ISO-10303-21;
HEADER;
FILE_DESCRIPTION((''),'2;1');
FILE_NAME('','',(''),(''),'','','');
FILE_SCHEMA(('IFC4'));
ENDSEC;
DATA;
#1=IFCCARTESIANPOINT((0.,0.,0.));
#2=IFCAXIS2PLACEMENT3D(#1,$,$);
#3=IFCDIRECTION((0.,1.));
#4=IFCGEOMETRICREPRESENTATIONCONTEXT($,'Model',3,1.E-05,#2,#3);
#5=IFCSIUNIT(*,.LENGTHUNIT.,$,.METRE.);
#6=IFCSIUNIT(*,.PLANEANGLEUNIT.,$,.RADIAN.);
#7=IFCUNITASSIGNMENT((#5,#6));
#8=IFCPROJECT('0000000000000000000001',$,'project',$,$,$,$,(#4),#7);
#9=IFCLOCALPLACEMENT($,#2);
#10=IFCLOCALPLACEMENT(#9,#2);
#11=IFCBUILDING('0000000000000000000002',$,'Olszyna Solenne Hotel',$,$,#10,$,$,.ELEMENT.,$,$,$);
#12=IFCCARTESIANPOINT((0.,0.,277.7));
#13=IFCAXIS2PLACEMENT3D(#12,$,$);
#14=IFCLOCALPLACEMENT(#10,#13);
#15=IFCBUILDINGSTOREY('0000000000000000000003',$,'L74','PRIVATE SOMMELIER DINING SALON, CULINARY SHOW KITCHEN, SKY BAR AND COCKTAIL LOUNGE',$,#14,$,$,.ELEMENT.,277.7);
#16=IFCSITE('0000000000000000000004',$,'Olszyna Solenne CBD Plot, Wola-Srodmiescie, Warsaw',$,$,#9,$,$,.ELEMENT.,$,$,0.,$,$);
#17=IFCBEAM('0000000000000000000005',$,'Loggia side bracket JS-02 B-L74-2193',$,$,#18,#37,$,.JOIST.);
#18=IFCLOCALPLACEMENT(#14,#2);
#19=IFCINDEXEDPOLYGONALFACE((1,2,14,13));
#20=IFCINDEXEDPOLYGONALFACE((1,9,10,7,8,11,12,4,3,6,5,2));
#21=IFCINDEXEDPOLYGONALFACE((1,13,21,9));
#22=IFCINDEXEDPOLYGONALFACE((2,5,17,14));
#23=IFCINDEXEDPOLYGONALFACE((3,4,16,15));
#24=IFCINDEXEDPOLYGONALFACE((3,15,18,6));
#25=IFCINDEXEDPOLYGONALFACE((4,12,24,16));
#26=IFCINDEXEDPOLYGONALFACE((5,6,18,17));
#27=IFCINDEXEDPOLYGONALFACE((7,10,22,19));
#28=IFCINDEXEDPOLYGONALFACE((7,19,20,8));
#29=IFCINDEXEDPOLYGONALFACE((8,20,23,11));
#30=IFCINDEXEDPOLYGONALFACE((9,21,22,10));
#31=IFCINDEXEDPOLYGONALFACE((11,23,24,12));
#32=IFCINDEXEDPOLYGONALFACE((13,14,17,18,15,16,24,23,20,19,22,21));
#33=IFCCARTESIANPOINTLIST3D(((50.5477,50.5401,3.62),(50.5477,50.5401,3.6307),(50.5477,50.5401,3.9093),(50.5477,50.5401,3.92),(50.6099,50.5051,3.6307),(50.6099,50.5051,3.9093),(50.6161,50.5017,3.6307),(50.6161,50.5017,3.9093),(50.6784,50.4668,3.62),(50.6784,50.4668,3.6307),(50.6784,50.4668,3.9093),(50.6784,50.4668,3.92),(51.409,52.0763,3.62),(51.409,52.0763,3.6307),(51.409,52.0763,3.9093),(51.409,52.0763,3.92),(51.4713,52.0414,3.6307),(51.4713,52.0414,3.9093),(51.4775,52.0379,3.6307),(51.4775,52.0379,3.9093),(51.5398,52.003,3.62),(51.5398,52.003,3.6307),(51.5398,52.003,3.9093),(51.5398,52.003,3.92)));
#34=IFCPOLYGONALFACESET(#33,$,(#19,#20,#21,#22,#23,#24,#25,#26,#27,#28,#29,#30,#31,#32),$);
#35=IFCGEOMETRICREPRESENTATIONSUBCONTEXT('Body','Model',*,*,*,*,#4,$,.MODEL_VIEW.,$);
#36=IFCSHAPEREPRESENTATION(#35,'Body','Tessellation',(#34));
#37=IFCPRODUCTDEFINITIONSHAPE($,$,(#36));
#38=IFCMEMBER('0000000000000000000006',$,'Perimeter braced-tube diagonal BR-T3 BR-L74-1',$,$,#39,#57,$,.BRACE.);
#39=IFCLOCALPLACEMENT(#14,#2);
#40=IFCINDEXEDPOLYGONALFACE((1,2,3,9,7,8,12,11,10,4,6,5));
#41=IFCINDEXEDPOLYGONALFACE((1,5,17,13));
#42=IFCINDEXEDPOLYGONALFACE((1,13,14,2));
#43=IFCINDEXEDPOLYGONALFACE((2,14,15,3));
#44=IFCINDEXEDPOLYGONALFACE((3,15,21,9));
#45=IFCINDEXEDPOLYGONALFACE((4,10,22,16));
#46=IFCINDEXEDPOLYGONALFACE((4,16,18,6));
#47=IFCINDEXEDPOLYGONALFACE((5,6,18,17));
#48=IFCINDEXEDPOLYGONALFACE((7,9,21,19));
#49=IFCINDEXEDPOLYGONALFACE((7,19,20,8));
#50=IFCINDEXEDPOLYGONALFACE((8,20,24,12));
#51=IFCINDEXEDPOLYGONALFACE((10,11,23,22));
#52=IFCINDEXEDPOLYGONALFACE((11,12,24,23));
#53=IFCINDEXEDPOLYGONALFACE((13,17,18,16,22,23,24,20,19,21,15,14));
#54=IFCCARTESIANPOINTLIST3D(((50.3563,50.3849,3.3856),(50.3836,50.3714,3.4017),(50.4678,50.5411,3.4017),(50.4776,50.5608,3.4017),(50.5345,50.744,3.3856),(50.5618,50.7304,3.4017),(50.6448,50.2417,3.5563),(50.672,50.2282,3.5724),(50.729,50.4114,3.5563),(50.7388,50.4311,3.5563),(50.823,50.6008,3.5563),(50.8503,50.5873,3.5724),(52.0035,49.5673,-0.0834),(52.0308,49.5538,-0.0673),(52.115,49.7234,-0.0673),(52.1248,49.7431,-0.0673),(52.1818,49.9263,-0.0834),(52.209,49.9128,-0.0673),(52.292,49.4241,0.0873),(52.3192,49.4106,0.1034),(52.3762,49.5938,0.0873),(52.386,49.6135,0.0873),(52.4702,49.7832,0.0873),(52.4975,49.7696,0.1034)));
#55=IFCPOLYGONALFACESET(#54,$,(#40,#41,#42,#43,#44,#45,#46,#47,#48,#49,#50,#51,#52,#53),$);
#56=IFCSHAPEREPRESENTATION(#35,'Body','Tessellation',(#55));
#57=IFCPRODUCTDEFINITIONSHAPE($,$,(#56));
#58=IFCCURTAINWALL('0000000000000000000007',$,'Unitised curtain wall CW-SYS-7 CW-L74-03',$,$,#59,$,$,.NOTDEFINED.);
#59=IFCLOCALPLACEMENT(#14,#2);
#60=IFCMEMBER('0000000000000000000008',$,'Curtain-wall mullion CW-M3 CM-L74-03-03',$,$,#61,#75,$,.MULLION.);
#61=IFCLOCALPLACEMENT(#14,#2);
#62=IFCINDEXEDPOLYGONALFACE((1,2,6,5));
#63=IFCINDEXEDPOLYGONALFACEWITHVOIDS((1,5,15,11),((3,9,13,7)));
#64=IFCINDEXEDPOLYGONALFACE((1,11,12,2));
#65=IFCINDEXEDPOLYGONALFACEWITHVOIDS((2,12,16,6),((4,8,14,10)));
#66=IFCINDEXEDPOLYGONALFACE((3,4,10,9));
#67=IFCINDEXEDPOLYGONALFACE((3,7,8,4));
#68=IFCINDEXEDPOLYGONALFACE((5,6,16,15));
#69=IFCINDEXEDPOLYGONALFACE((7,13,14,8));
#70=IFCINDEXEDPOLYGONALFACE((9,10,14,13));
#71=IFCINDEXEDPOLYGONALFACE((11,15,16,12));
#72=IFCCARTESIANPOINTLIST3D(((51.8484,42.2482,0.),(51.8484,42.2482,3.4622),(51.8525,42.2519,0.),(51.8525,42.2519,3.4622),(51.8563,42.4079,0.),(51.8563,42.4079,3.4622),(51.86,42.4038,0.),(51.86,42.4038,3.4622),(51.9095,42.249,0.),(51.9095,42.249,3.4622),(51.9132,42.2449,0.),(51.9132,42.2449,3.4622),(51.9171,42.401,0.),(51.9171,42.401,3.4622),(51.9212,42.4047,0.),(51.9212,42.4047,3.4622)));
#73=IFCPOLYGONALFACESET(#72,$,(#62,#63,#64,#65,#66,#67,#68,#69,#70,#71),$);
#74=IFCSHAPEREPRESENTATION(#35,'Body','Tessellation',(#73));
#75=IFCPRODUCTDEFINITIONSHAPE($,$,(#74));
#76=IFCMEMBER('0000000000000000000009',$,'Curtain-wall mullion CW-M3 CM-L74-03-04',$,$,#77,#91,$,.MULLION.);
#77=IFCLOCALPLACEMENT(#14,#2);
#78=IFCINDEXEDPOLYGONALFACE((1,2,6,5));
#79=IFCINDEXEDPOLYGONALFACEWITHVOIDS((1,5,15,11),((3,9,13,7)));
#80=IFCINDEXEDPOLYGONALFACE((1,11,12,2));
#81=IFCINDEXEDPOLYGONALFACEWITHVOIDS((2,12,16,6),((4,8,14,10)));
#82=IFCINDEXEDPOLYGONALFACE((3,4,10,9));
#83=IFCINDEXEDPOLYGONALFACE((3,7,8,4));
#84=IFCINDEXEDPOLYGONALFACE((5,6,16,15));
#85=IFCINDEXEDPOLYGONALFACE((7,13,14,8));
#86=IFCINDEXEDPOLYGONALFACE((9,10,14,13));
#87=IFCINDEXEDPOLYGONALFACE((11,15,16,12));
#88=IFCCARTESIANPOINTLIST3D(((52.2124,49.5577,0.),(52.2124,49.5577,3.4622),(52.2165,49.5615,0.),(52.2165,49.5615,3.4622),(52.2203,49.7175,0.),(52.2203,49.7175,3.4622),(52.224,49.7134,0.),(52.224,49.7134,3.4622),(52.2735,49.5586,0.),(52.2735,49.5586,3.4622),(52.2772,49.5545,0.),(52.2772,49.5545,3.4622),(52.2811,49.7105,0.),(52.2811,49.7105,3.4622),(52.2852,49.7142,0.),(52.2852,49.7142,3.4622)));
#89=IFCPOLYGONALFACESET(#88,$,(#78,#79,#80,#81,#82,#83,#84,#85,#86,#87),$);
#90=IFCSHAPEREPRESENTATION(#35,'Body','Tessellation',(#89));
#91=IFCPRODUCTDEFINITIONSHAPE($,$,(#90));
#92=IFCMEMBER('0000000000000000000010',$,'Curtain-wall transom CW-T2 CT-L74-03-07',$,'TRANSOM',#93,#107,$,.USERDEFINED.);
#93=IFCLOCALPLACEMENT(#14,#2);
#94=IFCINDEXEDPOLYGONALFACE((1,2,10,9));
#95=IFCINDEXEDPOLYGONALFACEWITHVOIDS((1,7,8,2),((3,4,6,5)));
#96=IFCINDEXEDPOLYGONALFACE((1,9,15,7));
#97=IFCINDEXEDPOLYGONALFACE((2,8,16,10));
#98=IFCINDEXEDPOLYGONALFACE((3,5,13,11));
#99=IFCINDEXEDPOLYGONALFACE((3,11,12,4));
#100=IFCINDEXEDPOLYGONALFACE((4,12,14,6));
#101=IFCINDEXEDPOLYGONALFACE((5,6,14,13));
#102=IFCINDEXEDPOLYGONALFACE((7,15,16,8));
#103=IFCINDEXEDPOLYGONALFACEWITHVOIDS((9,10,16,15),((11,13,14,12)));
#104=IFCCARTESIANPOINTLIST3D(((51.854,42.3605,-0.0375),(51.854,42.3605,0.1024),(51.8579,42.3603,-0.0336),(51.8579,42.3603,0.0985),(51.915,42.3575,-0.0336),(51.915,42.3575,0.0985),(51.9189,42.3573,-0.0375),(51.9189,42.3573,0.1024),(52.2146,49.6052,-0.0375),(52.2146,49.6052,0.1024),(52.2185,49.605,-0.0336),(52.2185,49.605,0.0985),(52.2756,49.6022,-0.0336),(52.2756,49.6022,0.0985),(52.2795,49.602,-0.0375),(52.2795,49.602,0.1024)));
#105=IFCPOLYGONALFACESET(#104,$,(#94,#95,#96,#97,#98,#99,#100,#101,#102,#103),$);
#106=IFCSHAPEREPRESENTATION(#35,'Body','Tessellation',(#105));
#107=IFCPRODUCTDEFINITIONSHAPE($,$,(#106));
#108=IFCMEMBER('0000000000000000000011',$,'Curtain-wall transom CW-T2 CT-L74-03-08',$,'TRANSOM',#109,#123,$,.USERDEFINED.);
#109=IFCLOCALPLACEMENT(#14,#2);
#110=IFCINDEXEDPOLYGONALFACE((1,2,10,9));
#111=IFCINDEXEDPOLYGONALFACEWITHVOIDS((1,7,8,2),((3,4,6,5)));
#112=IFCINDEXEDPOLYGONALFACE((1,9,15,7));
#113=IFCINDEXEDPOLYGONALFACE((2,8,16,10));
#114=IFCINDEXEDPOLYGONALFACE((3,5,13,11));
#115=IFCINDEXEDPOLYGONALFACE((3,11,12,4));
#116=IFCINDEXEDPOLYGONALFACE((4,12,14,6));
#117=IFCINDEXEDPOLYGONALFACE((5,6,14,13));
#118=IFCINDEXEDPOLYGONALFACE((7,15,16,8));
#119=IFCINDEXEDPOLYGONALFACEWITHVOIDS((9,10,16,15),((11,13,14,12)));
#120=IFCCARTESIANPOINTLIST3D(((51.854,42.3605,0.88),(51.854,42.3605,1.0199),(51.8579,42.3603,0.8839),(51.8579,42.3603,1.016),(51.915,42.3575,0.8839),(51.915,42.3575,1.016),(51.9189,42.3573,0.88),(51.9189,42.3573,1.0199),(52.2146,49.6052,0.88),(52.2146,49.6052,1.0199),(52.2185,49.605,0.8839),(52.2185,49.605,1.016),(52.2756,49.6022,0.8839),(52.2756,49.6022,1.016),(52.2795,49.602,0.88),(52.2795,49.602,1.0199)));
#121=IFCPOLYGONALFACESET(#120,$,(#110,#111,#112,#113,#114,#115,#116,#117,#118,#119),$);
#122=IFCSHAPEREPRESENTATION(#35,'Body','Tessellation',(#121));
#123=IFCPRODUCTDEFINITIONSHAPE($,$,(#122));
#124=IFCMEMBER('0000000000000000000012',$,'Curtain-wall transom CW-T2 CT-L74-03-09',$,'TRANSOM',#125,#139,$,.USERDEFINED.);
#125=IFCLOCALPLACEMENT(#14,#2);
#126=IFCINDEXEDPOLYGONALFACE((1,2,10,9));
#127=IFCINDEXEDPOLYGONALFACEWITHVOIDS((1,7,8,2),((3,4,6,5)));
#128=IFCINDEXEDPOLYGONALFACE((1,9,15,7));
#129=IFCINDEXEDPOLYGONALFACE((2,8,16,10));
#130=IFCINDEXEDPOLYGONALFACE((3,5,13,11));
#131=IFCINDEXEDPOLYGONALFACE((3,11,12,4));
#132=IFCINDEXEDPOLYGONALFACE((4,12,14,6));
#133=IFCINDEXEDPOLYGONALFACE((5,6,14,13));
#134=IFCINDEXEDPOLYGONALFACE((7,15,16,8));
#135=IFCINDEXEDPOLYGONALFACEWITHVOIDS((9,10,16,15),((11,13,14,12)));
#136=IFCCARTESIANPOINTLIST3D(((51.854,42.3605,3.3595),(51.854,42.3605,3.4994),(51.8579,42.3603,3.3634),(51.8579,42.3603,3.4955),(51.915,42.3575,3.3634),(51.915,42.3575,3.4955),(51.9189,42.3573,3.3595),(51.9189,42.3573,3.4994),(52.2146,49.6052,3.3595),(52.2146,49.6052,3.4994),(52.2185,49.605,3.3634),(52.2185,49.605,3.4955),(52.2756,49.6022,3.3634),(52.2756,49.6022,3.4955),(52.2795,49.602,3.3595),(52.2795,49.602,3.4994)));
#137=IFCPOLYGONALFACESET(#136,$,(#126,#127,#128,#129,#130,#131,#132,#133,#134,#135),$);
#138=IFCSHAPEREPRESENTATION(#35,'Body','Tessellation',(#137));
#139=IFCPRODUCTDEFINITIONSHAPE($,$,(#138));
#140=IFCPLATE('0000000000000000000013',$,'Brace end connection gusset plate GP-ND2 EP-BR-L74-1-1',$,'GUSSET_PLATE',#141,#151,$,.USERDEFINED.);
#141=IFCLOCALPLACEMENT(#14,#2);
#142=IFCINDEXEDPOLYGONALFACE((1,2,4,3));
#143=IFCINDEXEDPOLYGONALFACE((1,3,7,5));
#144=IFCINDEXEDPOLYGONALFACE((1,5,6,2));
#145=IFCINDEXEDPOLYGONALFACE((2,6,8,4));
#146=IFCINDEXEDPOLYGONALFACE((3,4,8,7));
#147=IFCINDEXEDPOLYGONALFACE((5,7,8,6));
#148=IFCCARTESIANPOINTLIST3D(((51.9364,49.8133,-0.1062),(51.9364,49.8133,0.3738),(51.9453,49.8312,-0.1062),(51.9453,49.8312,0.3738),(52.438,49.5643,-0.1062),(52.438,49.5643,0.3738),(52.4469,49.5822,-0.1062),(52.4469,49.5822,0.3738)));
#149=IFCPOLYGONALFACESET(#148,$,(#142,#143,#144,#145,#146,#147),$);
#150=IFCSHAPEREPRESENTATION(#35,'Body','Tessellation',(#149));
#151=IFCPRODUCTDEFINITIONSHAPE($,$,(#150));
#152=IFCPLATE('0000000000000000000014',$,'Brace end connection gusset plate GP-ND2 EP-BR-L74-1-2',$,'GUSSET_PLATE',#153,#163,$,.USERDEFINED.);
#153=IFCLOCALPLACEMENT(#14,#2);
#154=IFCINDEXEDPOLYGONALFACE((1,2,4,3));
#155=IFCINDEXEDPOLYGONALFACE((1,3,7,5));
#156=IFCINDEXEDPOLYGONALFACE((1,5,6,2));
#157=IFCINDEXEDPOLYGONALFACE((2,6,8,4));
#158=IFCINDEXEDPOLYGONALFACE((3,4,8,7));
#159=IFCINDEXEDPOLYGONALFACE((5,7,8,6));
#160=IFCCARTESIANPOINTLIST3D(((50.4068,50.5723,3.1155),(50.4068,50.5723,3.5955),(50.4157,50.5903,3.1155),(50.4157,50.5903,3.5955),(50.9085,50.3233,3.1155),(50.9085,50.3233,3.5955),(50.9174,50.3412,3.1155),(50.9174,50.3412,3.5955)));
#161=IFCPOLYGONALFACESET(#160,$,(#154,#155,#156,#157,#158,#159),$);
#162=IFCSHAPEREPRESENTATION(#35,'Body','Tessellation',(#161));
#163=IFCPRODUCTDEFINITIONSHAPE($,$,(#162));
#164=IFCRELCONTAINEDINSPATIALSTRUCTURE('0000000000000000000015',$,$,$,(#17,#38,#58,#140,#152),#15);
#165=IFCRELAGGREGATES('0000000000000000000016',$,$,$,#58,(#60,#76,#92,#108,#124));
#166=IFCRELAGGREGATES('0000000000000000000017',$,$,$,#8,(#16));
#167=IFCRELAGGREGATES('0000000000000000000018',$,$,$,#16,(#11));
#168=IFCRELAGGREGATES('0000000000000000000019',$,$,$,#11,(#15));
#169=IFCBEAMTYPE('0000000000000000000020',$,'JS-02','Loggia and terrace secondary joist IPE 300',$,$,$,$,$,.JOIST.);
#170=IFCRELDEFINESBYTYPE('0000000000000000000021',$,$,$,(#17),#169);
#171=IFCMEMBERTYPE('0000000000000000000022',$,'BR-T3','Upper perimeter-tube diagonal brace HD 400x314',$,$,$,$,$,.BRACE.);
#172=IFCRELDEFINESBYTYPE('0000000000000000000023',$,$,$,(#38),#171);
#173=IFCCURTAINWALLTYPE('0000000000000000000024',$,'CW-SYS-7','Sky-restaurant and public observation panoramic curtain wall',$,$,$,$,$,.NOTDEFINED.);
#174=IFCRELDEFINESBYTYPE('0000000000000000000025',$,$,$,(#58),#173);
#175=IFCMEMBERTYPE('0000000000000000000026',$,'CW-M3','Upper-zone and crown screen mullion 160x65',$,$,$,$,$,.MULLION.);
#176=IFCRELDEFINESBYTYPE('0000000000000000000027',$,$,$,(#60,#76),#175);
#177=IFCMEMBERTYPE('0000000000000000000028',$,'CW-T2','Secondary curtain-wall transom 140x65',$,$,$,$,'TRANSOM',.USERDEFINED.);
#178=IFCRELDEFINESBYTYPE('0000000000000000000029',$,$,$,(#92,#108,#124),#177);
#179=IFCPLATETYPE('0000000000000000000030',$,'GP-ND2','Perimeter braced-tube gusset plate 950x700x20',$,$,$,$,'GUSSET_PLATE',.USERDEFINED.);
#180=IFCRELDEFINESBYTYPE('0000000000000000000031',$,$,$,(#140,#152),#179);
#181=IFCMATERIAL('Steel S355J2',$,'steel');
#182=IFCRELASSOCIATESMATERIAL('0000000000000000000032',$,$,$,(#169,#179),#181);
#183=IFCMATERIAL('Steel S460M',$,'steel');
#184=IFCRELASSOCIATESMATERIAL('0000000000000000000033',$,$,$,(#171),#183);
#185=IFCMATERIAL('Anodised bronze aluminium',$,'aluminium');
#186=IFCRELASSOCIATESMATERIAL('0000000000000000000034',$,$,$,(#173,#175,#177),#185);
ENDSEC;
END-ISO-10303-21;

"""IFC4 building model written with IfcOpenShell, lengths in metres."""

from ifc_helpers import new_model, si_unit, direction, frame, origin, origin_2d, place, context, subcontext, project, spatial, rectangle, hollow_rectangle, i_section, extrude, source, transform, mapped, material, material_profile, profile_set, type_object, element, aggregate, save


model = new_model("IFC4")

# Units and contexts
model_context = context("Model", 3, precision=1e-05, world=origin(), true_north=direction((0.0, 1.0)))
body_context = subcontext(model_context, "Body", "Model", "MODEL_VIEW")
ifc_project = project(units=[si_unit("LENGTHUNIT", "METRE"), si_unit("PLANEANGLEUNIT", "RADIAN")], contexts=[model_context])

# Site, building, storey
site_placement = place(None, origin())
site = spatial("IfcSite", under=ifc_project, at=site_placement, Name="Olszyna Solenne CBD Plot, Wola-Srodmiescie, Warsaw", CompositionType="ELEMENT", RefElevation=0.0)
building_placement = place(site_placement, origin())
building = spatial("IfcBuilding", under=site, at=building_placement, Name="Olszyna Solenne Hotel", CompositionType="ELEMENT")
storey_placement = place(building_placement, frame((0.0, 0.0, 277.7)))
storey = spatial("IfcBuildingStorey", under=building, at=storey_placement, Name="L74", Description="PRIVATE SOMMELIER DINING SALON, CULINARY SHOW KITCHEN, SKY BAR AND COCKTAIL LOUNGE", CompositionType="ELEMENT", Elevation=277.7)

# Shared definitions
ifc_material_1 = material(Name="Steel S460M", Category="steel")
ifc_material_2 = material(Name="Steel S355J2", Category="steel")

# Beam
ifc_material_profile_1 = material_profile(ifc_material_2, i_section(OverallWidth=0.1499, OverallDepth=0.3, WebThickness=0.0071, FlangeThickness=0.0107, at=origin_2d()), Name="IPE 300", Category="load-bearing")
ifc_profile_set_1 = profile_set([ifc_material_profile_1], Name="Steel S355J2")
beam_type_1 = type_object("IfcBeamType", Name="JS-02", Description="Loggia and terrace secondary joist IPE 300", PredefinedType="JOIST", material=ifc_profile_set_1)
shared_shape_1 = source(origin(), body_context, "Body", "SweptSolid", [
    extrude(i_section(OverallWidth=0.1499, OverallDepth=0.3, WebThickness=0.0071, FlangeThickness=0.0107, at=origin_2d()), origin(), (0.0, 0.0, 1.0), 1.7612),
])
beam_1_placement = place(storey_placement, frame((50.613, 50.5034, 3.77), z_axis=(0.489076, 0.872241, 0.0), x_axis=(-0.872241, 0.489076, 0.0)))
element("IfcBeam", 1, at=beam_1_placement, inside=storey, type_object=beam_type_1, Name="Loggia side bracket JS-02 B-L74-2193", PredefinedType="JOIST", context=body_context, shape_type="MappedRepresentation", body=[
    mapped(shared_shape_1, transform((0.0, 0.0, 0.0), x_axis=(1.0, 0.0, 0.0), y_axis=(0.0, 1.0, 0.0), z_axis=(0.0, 0.0, 1.0), scale=1.0)),
])

# Member
ifc_material_profile_2 = material_profile(ifc_material_1, i_section(OverallWidth=0.4009, OverallDepth=0.3989, WebThickness=0.022, FlangeThickness=0.0344, at=origin_2d()), Name="HD 400x314", Category="load-bearing")
ifc_profile_set_2 = profile_set([ifc_material_profile_2], Name="Steel S460M")
member_type_1 = type_object("IfcMemberType", Name="BR-T3", Description="Upper perimeter-tube diagonal brace HD 400x314", PredefinedType="BRACE", material=ifc_profile_set_2)
shared_shape_2 = source(origin(), body_context, "Body", "SweptSolid", [
    extrude(i_section(OverallWidth=0.4009, OverallDepth=0.3989, WebThickness=0.022, FlangeThickness=0.0344, at=origin_2d()), origin(), (0.0, 0.0, 1.0), 3.9263),
])
member_1_placement = place(storey_placement, frame((52.2505, 49.6685, 0.01), z_axis=(-0.419535, 0.208244, 0.88353), x_axis=(-0.44461, -0.895724, 0.0)))
element("IfcMember", 2, at=member_1_placement, inside=storey, type_object=member_type_1, Name="Perimeter braced-tube diagonal BR-T3 BR-L74-1", PredefinedType="BRACE", context=body_context, shape_type="MappedRepresentation", body=[
    mapped(shared_shape_2, transform((0.0, 0.0, 0.0), x_axis=(1.0, 0.0, 0.0), y_axis=(0.0, 1.0, 0.0), z_axis=(0.0, 0.0, 1.0), scale=1.0)),
])

# Curtain wall, members
ifc_material_3 = material(Name="Anodised bronze aluminium", Category="aluminium")
curtain_wall_type = type_object("IfcCurtainWallType", Name="CW-SYS-7", Description="Sky-restaurant and public observation panoramic curtain wall", PredefinedType="NOTDEFINED", material=ifc_material_3)
curtain_wall_placement = place(storey_placement, origin())
curtain_wall = element("IfcCurtainWall", 3, at=curtain_wall_placement, inside=storey, type_object=curtain_wall_type, Name="Unitised curtain wall CW-SYS-7 CW-L74-03", PredefinedType="NOTDEFINED")
ifc_material_profile_3 = material_profile(ifc_material_3, hollow_rectangle(XDim=0.0649, YDim=0.1599, WallThickness=0.0039, at=origin_2d()), Name="MULL 160x65x4", Category="load-bearing")
ifc_profile_set_3 = profile_set([ifc_material_profile_3], Name="Anodised bronze aluminium")
member_type_2 = type_object("IfcMemberType", Name="CW-M3", Description="Upper-zone and crown screen mullion 160x65", PredefinedType="MULLION", material=ifc_profile_set_3)
shared_shape_3 = source(origin(), body_context, "Body", "SweptSolid", [
    extrude(hollow_rectangle(XDim=0.0649, YDim=0.1599, WallThickness=0.0039, at=origin_2d()), origin(), (0.0, 0.0, 1.0), 3.4622),
])
member_2_placement = place(storey_placement, frame((51.8848, 42.3264, 0.0), z_axis=(0.0, 0.0, 1.0), x_axis=(-0.998763, 0.049729, 0.0)))
member_2 = element("IfcMember", 4, at=member_2_placement, type_object=member_type_2, Name="Curtain-wall mullion CW-M3 CM-L74-03-03", PredefinedType="MULLION", context=body_context, shape_type="MappedRepresentation", body=[
    mapped(shared_shape_3, transform((0.0, 0.0, 0.0), x_axis=(1.0, 0.0, 0.0), y_axis=(0.0, 1.0, 0.0), z_axis=(0.0, 0.0, 1.0), scale=1.0)),
])
member_3_placement = place(storey_placement, frame((52.2488, 49.636, 0.0), z_axis=(0.0, 0.0, 1.0), x_axis=(-0.998763, 0.049729, 0.0)))
member_3 = element("IfcMember", 5, at=member_3_placement, type_object=member_type_2, Name="Curtain-wall mullion CW-M3 CM-L74-03-04", PredefinedType="MULLION", context=body_context, shape_type="MappedRepresentation", body=[
    mapped(shared_shape_3, transform((0.0, 0.0, 0.0), x_axis=(1.0, 0.0, 0.0), y_axis=(0.0, 1.0, 0.0), z_axis=(0.0, 0.0, 1.0), scale=1.0)),
])
ifc_material_profile_4 = material_profile(ifc_material_3, hollow_rectangle(XDim=0.0649, YDim=0.1399, WallThickness=0.0039, at=origin_2d()), Name="TRAN 140x65x4", Category="load-bearing")
ifc_profile_set_4 = profile_set([ifc_material_profile_4], Name="Anodised bronze aluminium")
member_type_3 = type_object("IfcMemberType", Name="CW-T2", Description="Secondary curtain-wall transom 140x65", ElementType="TRANSOM", PredefinedType="USERDEFINED", material=ifc_profile_set_4)
shared_shape_4 = source(origin(), body_context, "Body", "SweptSolid", [
    extrude(hollow_rectangle(XDim=0.0649, YDim=0.1399, WallThickness=0.0039, at=origin_2d()), origin(), (0.0, 0.0, 1.0), 7.2537),
])
member_4_placement = place(storey_placement, frame((51.8865, 42.3589, 0.0325), z_axis=(0.049713, 0.998764, 0.0), x_axis=(-0.998764, 0.049713, 0.0)))
member_4 = element("IfcMember", 6, at=member_4_placement, type_object=member_type_3, Name="Curtain-wall transom CW-T2 CT-L74-03-07", ObjectType="TRANSOM", PredefinedType="USERDEFINED", context=body_context, shape_type="MappedRepresentation", body=[
    mapped(shared_shape_4, transform((0.0, 0.0, 0.0), x_axis=(1.0, 0.0, 0.0), y_axis=(0.0, 1.0, 0.0), z_axis=(0.0, 0.0, 1.0), scale=1.0)),
])
member_5_placement = place(storey_placement, frame((51.8865, 42.3589, 0.95), z_axis=(0.049713, 0.998764, 0.0), x_axis=(-0.998764, 0.049713, 0.0)))
member_5 = element("IfcMember", 7, at=member_5_placement, type_object=member_type_3, Name="Curtain-wall transom CW-T2 CT-L74-03-08", ObjectType="TRANSOM", PredefinedType="USERDEFINED", context=body_context, shape_type="MappedRepresentation", body=[
    mapped(shared_shape_4, transform((0.0, 0.0, 0.0), x_axis=(1.0, 0.0, 0.0), y_axis=(0.0, 1.0, 0.0), z_axis=(0.0, 0.0, 1.0), scale=1.0)),
])
member_6_placement = place(storey_placement, frame((51.8865, 42.3589, 3.4294), z_axis=(0.049713, 0.998764, 0.0), x_axis=(-0.998764, 0.049713, 0.0)))
member_6 = element("IfcMember", 8, at=member_6_placement, type_object=member_type_3, Name="Curtain-wall transom CW-T2 CT-L74-03-09", ObjectType="TRANSOM", PredefinedType="USERDEFINED", context=body_context, shape_type="MappedRepresentation", body=[
    mapped(shared_shape_4, transform((0.0, 0.0, 0.0), x_axis=(1.0, 0.0, 0.0), y_axis=(0.0, 1.0, 0.0), z_axis=(0.0, 0.0, 1.0), scale=1.0)),
])

# Plates
plate_type_1 = type_object("IfcPlateType", Name="GP-ND2", Description="Perimeter braced-tube gusset plate 950x700x20", ElementType="GUSSET_PLATE", PredefinedType="USERDEFINED", material=ifc_material_2)
shared_shape_5 = source(origin(), body_context, "Body", "SweptSolid", [
    extrude(rectangle(XDim=0.5601, YDim=0.02, at=origin_2d()), origin(), (0.0, 0.0, 1.0), 0.48),
])
for number, where, z_axis, x_axis, name in (
    (9, (52.1917, 49.6978, -0.1062), (0.0, 0.0, 1.0), (-0.895712, 0.444635, 0.0), "Brace end connection gusset plate GP-ND2 EP-BR-L74-1-1"),
    (10, (50.6621, 50.4568, 3.1155), (0.0, 0.0, 1.0), (-0.895712, 0.444635, 0.0), "Brace end connection gusset plate GP-ND2 EP-BR-L74-1-2"),
):
    element("IfcPlate", number, at=place(storey_placement, frame(where, z_axis=z_axis, x_axis=x_axis)), inside=storey, type_object=plate_type_1, Name=name, ObjectType="GUSSET_PLATE", PredefinedType="USERDEFINED", context=body_context, shape_type="MappedRepresentation", body=[
        mapped(shared_shape_5, transform((0.0, 0.0, 0.0), x_axis=(1.0, 0.0, 0.0), y_axis=(0.0, 1.0, 0.0), z_axis=(0.0, 0.0, 1.0), scale=1.0)),
    ])

aggregate(curtain_wall, [member_2, member_3, member_4, member_5, member_6])

save(model, "model.ifc")
